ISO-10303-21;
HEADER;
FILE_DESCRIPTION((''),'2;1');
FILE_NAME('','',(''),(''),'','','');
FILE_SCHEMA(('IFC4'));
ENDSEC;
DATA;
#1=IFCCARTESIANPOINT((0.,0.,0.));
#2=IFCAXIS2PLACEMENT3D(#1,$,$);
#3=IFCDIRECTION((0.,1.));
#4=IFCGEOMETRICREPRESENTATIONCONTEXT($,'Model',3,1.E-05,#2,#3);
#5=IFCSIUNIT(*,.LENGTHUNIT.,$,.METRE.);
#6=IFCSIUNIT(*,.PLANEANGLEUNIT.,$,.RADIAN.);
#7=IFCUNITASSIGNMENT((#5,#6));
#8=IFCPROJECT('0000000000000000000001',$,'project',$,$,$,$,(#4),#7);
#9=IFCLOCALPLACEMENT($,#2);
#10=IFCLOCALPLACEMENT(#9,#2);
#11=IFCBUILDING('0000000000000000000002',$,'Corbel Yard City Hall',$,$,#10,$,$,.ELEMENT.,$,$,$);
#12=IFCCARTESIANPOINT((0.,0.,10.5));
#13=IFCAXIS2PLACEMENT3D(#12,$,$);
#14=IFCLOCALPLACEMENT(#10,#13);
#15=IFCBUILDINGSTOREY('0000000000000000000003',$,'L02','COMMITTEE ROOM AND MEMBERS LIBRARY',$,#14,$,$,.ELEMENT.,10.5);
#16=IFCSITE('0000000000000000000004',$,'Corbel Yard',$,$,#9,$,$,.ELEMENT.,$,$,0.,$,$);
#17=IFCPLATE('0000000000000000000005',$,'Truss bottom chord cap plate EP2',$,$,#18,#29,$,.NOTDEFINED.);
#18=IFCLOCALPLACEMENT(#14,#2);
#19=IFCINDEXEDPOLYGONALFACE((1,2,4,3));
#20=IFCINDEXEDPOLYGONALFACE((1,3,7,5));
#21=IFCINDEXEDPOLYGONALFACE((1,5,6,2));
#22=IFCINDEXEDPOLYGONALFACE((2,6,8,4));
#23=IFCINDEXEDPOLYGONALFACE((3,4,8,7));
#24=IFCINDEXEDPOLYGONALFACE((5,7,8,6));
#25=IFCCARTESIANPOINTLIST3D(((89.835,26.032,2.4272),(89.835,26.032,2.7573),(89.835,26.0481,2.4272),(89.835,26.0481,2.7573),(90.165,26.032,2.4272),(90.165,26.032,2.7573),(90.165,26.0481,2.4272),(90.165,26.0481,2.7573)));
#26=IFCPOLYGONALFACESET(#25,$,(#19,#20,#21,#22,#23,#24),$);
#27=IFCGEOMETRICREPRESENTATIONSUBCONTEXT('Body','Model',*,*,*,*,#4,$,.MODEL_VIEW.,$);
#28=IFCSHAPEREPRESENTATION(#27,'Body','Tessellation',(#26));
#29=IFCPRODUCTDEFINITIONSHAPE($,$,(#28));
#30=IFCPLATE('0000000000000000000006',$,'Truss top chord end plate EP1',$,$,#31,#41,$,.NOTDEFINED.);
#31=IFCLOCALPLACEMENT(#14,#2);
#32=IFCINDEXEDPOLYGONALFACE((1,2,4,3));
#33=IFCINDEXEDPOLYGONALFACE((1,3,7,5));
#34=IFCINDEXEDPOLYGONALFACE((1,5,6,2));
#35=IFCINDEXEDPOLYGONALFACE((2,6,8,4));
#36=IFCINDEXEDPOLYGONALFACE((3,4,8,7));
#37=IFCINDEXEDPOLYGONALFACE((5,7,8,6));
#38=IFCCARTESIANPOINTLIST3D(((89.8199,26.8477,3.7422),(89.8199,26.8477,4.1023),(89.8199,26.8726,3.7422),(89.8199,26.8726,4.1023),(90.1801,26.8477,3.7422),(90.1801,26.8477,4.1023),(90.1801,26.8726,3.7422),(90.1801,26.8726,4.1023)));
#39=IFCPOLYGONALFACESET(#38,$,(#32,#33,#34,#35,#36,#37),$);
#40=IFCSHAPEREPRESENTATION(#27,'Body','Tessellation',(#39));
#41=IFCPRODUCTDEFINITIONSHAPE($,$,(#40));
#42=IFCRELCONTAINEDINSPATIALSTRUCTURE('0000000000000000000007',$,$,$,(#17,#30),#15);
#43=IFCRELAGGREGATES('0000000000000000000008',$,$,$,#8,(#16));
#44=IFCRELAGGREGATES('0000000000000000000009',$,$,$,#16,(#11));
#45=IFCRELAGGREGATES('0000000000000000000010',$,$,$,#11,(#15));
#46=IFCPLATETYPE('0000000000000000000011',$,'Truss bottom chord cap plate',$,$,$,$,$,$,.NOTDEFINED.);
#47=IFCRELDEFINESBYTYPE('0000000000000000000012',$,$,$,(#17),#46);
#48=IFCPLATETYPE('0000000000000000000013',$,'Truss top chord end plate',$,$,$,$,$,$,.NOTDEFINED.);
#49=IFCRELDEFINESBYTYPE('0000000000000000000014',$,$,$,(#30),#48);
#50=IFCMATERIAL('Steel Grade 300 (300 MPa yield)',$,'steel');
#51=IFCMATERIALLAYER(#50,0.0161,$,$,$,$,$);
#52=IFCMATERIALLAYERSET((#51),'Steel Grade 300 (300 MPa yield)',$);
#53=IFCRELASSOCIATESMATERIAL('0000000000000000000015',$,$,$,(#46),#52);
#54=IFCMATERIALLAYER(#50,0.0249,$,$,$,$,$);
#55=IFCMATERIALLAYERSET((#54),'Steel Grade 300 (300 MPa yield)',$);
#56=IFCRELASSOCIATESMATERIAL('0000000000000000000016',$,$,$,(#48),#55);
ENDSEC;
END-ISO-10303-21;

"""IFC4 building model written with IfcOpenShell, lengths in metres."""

from ifc_helpers import new_model, si_unit, direction, frame, origin, origin_2d, place, context, subcontext, project, spatial, rectangle, extrude, material, layer, layer_set, type_object, element, save


model = new_model("IFC4")

# Units and contexts
model_context = context("Model", 3, precision=1e-05, world=origin(), true_north=direction((0.0, 1.0)))
body_context = subcontext(model_context, "Body", "Model", "MODEL_VIEW")
ifc_project = project(units=[si_unit("LENGTHUNIT", "METRE"), si_unit("PLANEANGLEUNIT", "RADIAN")], contexts=[model_context])

# Site, building, storey
site_placement = place(None, origin())
site = spatial("IfcSite", under=ifc_project, at=site_placement, Name="Corbel Yard", CompositionType="ELEMENT", RefElevation=0.0)
building_placement = place(site_placement, origin())
building = spatial("IfcBuilding", under=site, at=building_placement, Name="Corbel Yard City Hall", CompositionType="ELEMENT")
storey_placement = place(building_placement, frame((0.0, 0.0, 10.5)))
storey = spatial("IfcBuildingStorey", under=building, at=storey_placement, Name="L02", Description="COMMITTEE ROOM AND MEMBERS LIBRARY", CompositionType="ELEMENT", Elevation=10.5)

# Shared definitions
ifc_material_1 = material(Name="Steel Grade 300 (300 MPa yield)", Category="steel")

# Plates
ifc_layer_1 = layer(ifc_material_1, 0.0161)
ifc_layer_set_1 = layer_set([ifc_layer_1], Name="Steel Grade 300 (300 MPa yield)")
plate_type_1 = type_object("IfcPlateType", Name="Truss bottom chord cap plate", PredefinedType="NOTDEFINED", material=ifc_layer_set_1)
plate_1_placement = place(storey_placement, frame((90.0, 26.04, 2.4272), z_axis=(0.0, 0.0, 1.0), x_axis=(1.0, 0.0, 0.0)))
element("IfcPlate", 1, at=plate_1_placement, inside=storey, type_object=plate_type_1, Name="Truss bottom chord cap plate EP2", PredefinedType="NOTDEFINED", context=body_context, shape_type="SweptSolid", body=[
    extrude(rectangle(XDim=0.3301, YDim=0.0161, at=origin_2d()), origin(), (0.0, 0.0, 1.0), 0.3301),
])
ifc_layer_2 = layer(ifc_material_1, 0.0249)
ifc_layer_set_2 = layer_set([ifc_layer_2], Name="Steel Grade 300 (300 MPa yield)")
plate_type_2 = type_object("IfcPlateType", Name="Truss top chord end plate", PredefinedType="NOTDEFINED", material=ifc_layer_set_2)
plate_2_placement = place(storey_placement, frame((90.0, 26.8601, 3.7422), z_axis=(0.0, 0.0, 1.0), x_axis=(1.0, 0.0, 0.0)))
element("IfcPlate", 2, at=plate_2_placement, inside=storey, type_object=plate_type_2, Name="Truss top chord end plate EP1", PredefinedType="NOTDEFINED", context=body_context, shape_type="SweptSolid", body=[
    extrude(rectangle(XDim=0.3601, YDim=0.0249, at=origin_2d()), origin(), (0.0, 0.0, 1.0), 0.3601),
])

save(model, "model.ifc")
